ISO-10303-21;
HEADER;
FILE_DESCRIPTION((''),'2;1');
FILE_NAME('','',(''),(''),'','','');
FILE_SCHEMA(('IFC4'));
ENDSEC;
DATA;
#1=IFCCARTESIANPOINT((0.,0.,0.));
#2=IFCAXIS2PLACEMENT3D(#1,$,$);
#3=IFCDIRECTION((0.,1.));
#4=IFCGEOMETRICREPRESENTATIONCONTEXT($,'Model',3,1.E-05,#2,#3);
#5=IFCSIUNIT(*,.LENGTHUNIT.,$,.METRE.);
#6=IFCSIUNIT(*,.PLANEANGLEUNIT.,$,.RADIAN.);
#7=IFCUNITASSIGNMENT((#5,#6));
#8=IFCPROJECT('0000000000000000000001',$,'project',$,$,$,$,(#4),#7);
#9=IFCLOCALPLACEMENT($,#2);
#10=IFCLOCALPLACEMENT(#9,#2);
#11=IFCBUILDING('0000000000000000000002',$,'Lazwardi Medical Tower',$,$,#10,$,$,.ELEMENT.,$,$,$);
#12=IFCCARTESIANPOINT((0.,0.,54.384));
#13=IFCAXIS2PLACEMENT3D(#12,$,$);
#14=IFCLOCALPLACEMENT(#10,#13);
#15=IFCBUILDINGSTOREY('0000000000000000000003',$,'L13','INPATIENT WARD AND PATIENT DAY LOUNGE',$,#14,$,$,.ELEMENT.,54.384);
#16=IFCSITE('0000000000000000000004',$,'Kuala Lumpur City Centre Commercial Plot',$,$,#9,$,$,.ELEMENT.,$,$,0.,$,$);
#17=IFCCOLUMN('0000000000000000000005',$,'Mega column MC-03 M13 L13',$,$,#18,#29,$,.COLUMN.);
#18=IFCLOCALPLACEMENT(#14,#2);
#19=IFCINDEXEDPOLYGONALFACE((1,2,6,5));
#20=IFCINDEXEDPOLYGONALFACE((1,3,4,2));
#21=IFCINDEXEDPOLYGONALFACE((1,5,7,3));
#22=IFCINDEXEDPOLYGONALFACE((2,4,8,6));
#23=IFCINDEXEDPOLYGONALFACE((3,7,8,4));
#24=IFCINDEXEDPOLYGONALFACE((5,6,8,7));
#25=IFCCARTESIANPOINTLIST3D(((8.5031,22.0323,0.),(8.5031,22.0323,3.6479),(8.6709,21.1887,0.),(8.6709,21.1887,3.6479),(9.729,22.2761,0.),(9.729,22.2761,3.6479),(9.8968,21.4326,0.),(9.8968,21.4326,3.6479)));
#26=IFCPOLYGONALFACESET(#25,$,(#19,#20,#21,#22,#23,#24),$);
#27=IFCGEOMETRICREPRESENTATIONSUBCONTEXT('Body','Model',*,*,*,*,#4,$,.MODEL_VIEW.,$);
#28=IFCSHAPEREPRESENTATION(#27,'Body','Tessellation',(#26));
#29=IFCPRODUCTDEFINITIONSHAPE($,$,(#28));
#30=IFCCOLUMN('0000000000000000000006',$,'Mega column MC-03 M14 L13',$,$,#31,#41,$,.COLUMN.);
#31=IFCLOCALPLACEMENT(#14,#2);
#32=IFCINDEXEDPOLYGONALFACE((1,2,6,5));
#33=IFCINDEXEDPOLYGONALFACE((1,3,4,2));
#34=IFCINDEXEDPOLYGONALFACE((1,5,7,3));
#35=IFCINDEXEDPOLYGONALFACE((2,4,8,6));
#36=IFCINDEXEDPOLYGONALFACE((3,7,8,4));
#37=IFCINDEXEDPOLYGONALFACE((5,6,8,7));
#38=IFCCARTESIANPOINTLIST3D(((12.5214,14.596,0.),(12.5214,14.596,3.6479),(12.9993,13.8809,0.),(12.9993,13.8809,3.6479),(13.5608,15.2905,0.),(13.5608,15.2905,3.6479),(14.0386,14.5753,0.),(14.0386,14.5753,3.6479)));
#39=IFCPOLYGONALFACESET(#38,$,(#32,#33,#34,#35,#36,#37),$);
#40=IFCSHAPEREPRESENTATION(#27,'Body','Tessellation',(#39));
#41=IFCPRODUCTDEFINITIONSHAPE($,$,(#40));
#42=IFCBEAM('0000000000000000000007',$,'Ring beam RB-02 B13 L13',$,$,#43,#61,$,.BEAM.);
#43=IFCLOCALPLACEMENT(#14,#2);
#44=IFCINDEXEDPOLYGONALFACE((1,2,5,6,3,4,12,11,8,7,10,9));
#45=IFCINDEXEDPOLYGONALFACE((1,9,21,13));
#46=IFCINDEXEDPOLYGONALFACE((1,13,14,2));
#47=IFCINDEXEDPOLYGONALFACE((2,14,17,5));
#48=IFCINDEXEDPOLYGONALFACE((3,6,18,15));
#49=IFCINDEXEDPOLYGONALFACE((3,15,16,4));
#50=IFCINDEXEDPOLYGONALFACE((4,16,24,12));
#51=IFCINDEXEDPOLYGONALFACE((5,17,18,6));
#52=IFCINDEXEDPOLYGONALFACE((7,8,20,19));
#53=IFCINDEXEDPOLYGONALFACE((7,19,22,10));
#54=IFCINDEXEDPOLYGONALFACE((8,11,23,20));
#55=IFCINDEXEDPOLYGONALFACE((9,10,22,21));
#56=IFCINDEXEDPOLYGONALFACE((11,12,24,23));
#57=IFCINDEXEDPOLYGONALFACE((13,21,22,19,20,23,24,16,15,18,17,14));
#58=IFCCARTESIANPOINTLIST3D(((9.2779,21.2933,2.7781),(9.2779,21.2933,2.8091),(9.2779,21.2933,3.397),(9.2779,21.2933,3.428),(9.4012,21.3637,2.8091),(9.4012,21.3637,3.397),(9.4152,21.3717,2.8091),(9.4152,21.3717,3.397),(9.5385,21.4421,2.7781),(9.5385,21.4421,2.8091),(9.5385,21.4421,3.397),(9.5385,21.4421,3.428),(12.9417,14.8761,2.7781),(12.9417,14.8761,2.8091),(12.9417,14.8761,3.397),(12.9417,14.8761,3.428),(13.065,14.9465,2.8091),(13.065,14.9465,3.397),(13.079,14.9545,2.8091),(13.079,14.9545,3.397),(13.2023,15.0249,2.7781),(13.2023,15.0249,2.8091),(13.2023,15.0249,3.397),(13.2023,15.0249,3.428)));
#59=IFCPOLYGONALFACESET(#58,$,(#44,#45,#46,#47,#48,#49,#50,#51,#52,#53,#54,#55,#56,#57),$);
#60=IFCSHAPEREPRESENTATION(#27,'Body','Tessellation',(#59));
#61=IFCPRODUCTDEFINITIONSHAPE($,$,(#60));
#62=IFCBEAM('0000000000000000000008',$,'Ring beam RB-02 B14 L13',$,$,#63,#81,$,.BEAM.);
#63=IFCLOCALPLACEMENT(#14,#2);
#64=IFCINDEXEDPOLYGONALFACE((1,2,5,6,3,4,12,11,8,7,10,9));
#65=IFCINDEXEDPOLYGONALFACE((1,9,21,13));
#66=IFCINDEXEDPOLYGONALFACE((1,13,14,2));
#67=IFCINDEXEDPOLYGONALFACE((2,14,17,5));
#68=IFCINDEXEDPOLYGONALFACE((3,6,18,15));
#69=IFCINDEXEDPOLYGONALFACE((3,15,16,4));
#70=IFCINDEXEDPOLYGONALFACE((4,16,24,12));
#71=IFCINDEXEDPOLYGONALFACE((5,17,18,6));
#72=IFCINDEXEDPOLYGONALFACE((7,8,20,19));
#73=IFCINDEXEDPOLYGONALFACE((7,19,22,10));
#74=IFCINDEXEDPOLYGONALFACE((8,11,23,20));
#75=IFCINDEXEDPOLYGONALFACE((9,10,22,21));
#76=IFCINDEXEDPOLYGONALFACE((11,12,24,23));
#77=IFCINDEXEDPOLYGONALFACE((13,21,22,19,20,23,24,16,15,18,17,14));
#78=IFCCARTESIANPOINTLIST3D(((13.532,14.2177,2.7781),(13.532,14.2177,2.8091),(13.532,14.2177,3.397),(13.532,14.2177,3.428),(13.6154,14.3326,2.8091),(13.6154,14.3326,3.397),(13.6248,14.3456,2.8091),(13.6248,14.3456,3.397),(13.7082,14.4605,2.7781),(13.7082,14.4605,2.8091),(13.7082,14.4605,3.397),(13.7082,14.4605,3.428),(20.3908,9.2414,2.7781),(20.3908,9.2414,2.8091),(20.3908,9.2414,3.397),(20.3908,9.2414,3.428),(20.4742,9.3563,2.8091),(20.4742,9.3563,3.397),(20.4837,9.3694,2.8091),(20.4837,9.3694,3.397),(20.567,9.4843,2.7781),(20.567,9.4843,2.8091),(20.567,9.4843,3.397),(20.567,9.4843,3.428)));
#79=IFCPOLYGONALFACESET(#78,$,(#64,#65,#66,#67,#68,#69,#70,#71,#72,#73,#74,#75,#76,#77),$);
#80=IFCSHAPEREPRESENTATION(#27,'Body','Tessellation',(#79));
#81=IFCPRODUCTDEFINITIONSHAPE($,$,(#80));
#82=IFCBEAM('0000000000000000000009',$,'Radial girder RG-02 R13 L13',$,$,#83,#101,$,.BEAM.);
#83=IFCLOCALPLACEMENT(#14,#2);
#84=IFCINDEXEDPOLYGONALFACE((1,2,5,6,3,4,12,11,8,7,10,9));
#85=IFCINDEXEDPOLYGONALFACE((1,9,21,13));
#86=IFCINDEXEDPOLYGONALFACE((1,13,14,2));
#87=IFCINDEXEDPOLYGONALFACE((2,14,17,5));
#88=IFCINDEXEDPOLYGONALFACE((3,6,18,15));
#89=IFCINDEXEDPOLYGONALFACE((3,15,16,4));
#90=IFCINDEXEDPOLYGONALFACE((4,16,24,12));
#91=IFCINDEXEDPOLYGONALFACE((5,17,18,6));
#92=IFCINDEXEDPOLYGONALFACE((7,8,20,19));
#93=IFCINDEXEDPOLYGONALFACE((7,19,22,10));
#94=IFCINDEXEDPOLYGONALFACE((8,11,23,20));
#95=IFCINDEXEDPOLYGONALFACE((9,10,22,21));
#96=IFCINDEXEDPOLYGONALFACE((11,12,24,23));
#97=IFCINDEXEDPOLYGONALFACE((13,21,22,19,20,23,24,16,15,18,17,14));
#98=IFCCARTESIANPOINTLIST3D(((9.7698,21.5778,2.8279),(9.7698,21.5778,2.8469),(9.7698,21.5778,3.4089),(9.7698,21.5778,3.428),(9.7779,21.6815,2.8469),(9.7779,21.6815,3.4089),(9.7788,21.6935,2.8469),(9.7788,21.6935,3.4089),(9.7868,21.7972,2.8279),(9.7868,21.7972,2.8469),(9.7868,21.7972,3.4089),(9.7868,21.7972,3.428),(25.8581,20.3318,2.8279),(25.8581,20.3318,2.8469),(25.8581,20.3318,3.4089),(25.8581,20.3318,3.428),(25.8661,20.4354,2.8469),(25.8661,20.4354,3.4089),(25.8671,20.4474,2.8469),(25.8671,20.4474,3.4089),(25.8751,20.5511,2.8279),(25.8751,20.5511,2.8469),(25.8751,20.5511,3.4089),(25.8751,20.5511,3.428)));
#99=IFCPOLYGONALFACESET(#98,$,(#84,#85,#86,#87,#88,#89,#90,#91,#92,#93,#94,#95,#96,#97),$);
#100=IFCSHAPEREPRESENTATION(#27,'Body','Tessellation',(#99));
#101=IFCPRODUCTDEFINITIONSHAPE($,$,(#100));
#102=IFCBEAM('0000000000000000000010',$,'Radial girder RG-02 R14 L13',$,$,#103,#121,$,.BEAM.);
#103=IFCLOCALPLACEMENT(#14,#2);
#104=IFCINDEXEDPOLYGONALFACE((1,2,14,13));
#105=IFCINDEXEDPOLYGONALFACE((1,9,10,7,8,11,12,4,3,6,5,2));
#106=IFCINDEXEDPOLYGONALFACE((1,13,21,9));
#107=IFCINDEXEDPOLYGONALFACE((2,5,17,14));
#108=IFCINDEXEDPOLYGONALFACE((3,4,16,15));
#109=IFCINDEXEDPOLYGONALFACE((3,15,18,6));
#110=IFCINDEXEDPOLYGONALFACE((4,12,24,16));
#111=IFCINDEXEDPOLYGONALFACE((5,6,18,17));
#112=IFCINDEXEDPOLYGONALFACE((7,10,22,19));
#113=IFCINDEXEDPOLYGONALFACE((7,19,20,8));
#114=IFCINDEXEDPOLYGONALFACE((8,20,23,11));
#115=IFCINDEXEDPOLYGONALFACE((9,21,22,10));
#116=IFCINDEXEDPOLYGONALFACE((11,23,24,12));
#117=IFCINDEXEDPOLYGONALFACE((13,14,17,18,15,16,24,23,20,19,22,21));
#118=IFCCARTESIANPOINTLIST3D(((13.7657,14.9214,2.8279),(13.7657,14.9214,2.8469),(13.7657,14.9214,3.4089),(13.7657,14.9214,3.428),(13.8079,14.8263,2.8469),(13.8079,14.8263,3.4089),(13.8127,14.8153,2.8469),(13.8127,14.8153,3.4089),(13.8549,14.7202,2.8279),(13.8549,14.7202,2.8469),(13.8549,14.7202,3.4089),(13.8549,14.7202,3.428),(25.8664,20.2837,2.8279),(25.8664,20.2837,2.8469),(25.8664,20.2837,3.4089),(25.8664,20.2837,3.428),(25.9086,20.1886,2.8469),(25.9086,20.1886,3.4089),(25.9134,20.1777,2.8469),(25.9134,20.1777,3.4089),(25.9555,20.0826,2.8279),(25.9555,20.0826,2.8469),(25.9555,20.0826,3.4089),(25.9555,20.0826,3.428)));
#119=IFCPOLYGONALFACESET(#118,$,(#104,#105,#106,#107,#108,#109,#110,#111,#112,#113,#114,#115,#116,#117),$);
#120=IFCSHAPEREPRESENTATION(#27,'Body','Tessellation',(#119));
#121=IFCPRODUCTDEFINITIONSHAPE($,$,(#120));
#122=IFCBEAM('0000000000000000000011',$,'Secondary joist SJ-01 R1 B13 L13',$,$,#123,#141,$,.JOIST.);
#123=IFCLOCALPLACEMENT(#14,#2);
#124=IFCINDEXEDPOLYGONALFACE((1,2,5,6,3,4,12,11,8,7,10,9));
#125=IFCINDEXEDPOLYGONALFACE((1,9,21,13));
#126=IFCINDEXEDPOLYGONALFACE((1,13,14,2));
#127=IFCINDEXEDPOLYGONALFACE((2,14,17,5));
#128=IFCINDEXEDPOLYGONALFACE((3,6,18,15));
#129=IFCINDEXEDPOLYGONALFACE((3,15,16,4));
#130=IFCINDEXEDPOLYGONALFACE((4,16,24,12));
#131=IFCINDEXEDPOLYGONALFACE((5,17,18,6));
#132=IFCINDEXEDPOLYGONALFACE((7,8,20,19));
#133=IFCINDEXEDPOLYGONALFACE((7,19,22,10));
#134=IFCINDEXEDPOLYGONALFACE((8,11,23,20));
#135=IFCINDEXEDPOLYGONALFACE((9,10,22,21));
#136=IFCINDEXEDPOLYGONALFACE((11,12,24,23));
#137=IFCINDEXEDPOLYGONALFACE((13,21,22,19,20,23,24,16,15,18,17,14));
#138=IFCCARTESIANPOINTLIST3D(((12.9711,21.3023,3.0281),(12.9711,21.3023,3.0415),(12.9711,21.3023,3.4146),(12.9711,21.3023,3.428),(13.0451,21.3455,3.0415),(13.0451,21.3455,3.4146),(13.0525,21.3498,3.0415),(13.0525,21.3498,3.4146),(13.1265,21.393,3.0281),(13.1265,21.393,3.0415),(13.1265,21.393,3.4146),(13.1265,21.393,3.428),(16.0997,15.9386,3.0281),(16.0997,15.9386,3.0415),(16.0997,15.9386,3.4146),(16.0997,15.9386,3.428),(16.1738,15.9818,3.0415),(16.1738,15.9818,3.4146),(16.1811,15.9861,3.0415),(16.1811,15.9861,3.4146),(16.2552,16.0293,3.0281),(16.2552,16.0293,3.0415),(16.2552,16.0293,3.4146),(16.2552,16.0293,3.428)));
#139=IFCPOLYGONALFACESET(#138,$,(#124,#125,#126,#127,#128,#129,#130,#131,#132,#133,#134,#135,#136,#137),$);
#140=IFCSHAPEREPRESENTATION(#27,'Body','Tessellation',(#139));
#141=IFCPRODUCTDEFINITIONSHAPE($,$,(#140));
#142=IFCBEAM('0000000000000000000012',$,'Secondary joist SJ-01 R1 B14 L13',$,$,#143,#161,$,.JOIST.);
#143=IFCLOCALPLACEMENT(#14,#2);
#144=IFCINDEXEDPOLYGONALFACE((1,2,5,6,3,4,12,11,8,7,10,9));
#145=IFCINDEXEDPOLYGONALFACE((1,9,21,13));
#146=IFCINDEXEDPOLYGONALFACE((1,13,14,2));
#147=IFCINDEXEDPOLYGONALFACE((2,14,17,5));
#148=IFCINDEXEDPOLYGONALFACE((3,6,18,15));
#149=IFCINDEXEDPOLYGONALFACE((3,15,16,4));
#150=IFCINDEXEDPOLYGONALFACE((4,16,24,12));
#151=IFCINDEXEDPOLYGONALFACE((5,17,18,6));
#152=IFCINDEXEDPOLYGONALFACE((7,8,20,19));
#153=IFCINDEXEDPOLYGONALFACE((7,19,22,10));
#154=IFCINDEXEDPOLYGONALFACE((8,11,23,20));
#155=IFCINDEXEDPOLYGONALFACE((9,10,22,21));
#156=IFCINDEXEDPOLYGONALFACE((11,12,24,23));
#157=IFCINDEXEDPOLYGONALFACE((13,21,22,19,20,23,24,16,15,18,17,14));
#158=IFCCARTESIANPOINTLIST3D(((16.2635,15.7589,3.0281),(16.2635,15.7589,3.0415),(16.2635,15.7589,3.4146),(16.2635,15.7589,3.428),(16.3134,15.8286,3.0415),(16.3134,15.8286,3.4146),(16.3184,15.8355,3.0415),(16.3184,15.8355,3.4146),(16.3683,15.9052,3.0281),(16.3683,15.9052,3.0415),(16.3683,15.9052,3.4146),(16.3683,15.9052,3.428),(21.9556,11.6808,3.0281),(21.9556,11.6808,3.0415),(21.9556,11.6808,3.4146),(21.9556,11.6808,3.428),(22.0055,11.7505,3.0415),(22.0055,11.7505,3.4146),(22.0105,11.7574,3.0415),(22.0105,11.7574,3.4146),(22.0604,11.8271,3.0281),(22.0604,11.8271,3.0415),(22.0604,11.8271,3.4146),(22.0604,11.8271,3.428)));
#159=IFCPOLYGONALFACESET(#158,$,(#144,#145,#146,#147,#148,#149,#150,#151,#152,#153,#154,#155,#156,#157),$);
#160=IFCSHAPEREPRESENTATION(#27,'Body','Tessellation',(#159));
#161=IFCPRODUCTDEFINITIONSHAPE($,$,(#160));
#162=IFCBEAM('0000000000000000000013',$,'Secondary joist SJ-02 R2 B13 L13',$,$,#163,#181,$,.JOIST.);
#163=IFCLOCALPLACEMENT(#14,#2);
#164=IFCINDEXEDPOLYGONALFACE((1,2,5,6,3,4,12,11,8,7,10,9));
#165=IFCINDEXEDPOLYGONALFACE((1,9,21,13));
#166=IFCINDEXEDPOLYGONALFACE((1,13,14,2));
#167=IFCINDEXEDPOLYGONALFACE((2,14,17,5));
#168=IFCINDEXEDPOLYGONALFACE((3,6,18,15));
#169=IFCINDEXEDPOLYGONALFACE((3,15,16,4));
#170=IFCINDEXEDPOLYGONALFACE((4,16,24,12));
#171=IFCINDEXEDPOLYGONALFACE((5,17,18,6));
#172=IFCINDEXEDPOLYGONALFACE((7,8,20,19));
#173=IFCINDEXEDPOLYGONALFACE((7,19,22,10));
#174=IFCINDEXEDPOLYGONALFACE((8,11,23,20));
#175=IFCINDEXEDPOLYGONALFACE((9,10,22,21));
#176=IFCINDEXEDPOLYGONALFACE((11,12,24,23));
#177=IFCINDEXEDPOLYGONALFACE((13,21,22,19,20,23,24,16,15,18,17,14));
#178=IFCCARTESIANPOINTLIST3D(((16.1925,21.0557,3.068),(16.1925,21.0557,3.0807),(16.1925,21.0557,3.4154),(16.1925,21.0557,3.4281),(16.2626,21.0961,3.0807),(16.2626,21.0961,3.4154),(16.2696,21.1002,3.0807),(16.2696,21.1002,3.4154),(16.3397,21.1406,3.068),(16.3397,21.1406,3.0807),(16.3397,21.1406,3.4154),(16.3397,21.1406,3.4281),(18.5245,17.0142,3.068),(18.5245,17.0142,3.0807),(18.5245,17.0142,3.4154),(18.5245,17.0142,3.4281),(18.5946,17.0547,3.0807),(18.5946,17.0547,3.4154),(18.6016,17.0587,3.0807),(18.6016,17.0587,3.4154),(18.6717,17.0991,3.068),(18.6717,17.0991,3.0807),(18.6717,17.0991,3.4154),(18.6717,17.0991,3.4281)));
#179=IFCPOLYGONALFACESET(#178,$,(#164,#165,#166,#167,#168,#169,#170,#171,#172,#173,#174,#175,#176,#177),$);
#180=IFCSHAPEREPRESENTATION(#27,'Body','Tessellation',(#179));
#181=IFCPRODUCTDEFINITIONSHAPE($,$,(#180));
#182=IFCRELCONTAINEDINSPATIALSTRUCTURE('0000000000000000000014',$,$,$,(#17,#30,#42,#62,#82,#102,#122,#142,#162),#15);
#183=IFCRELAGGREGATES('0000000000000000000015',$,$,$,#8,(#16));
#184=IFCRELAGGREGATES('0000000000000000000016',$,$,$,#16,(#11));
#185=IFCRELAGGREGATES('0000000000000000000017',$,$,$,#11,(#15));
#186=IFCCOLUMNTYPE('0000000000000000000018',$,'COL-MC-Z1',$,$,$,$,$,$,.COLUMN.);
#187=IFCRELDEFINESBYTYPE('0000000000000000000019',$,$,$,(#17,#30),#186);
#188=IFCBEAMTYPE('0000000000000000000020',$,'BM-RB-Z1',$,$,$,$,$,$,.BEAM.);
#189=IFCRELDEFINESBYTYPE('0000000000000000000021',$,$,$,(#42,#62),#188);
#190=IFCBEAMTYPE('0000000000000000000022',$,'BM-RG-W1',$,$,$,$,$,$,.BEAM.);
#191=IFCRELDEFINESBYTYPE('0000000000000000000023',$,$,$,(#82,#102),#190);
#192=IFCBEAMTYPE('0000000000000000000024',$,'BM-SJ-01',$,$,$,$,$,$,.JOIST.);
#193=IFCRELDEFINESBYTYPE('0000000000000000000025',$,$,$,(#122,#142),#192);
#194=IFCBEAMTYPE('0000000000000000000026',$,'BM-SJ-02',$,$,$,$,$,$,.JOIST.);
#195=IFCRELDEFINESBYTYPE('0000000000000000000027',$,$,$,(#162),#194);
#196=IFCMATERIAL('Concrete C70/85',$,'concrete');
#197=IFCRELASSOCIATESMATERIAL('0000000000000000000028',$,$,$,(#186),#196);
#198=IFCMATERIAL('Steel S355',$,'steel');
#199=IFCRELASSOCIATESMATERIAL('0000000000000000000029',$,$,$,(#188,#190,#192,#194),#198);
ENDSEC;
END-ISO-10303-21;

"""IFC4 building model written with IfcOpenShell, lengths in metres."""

from ifc_helpers import new_model, si_unit, direction, frame, origin, origin_2d, place, context, subcontext, project, spatial, rectangle, i_section, extrude, material, material_profile, profile_set, type_object, element, save


model = new_model("IFC4")

# Units and contexts
model_context = context("Model", 3, precision=1e-05, world=origin(), true_north=direction((0.0, 1.0)))
body_context = subcontext(model_context, "Body", "Model", "MODEL_VIEW")
ifc_project = project(units=[si_unit("LENGTHUNIT", "METRE"), si_unit("PLANEANGLEUNIT", "RADIAN")], contexts=[model_context])

# Site, building, storey
site_placement = place(None, origin())
site = spatial("IfcSite", under=ifc_project, at=site_placement, Name="Kuala Lumpur City Centre Commercial Plot", CompositionType="ELEMENT", RefElevation=0.0)
building_placement = place(site_placement, origin())
building = spatial("IfcBuilding", under=site, at=building_placement, Name="Lazwardi Medical Tower", CompositionType="ELEMENT")
storey_placement = place(building_placement, frame((0.0, 0.0, 54.384)))
storey = spatial("IfcBuildingStorey", under=building, at=storey_placement, Name="L13", Description="INPATIENT WARD AND PATIENT DAY LOUNGE", CompositionType="ELEMENT", Elevation=54.384)

# Columns
ifc_material_1 = material(Name="Concrete C70/85", Category="concrete")
ifc_material_profile_1 = material_profile(ifc_material_1, rectangle(XDim=1.25, YDim=0.8601, at=origin_2d()), Name="CFT-RECT 1250x860")
ifc_profile_set_1 = profile_set([ifc_material_profile_1], Name="Concrete C70/85")
column_type = type_object("IfcColumnType", Name="COL-MC-Z1", PredefinedType="COLUMN", material=ifc_profile_set_1)
for number, where, z_axis, x_axis, name in (
    (1, (9.2, 21.7324, 0.0), (0.0, 0.0, 1.0), (-0.980785, -0.19509, 0.0), "Mega column MC-03 M13 L13"),
    (2, (13.28, 14.5857, 0.0), (0.0, 0.0, 1.0), (-0.83147, -0.55557, 0.0), "Mega column MC-03 M14 L13"),
):
    element("IfcColumn", number, at=place(storey_placement, frame(where, z_axis=z_axis, x_axis=x_axis)), inside=storey, type_object=column_type, Name=name, PredefinedType="COLUMN", context=body_context, shape_type="SweptSolid", body=[
        extrude(rectangle(XDim=1.25, YDim=0.8601, at=origin_2d()), origin(), (0.0, 0.0, 1.0), 3.6479),
    ])

# Beams
ifc_material_2 = material(Name="Steel S355", Category="steel")
ifc_material_profile_2 = material_profile(ifc_material_2, i_section(OverallWidth=0.3, OverallDepth=0.6499, WebThickness=0.0161, FlangeThickness=0.031, at=origin_2d()), Name="HEB 650")
ifc_profile_set_2 = profile_set([ifc_material_profile_2], Name="Steel S355")
beam_type_1 = type_object("IfcBeamType", Name="BM-RB-Z1", PredefinedType="BEAM", material=ifc_profile_set_2)
beam_1_placement = place(storey_placement, frame((9.4082, 21.3677, 3.103), z_axis=(0.495815, -0.868428, 0.0), x_axis=(0.868428, 0.495815, 0.0)))
element("IfcBeam", 3, at=beam_1_placement, inside=storey, type_object=beam_type_1, Name="Ring beam RB-02 B13 L13", PredefinedType="BEAM", context=body_context, shape_type="SweptSolid", body=[
    extrude(i_section(OverallWidth=0.3, OverallDepth=0.6499, WebThickness=0.0161, FlangeThickness=0.031, at=origin_2d()), origin(), (0.0, 0.0, 1.0), 7.3894),
])
beam_2_placement = place(storey_placement, frame((13.6201, 14.3391, 3.103), z_axis=(0.809407, -0.587248, 0.0), x_axis=(0.587248, 0.809407, 0.0)))
element("IfcBeam", 4, at=beam_2_placement, inside=storey, type_object=beam_type_1, Name="Ring beam RB-02 B14 L13", PredefinedType="BEAM", context=body_context, shape_type="SweptSolid", body=[
    extrude(i_section(OverallWidth=0.3, OverallDepth=0.6499, WebThickness=0.0161, FlangeThickness=0.031, at=origin_2d()), origin(), (0.0, 0.0, 1.0), 8.4739),
])
ifc_material_profile_3 = material_profile(ifc_material_2, i_section(OverallWidth=0.22, OverallDepth=0.6001, WebThickness=0.012, FlangeThickness=0.019, at=origin_2d()), Name="IPE 600")
ifc_profile_set_3 = profile_set([ifc_material_profile_3], Name="Steel S355")
beam_type_2 = type_object("IfcBeamType", Name="BM-RG-W1", PredefinedType="BEAM", material=ifc_profile_set_3)
beam_3_placement = place(storey_placement, frame((9.7783, 21.6875, 3.1279), z_axis=(0.997014, -0.077222, 0.0), x_axis=(0.077222, 0.997014, 0.0)))
element("IfcBeam", 5, at=beam_3_placement, inside=storey, type_object=beam_type_2, Name="Radial girder RG-02 R13 L13", PredefinedType="BEAM", context=body_context, shape_type="SweptSolid", body=[
    extrude(i_section(OverallWidth=0.22, OverallDepth=0.6001, WebThickness=0.012, FlangeThickness=0.019, at=origin_2d()), origin(), (0.0, 0.0, 1.0), 16.1365),
])
beam_4_placement = place(storey_placement, frame((13.8103, 14.8208, 3.1279), z_axis=(0.914252, 0.405146, 0.0), x_axis=(-0.405146, 0.914252, 0.0)))
element("IfcBeam", 6, at=beam_4_placement, inside=storey, type_object=beam_type_2, Name="Radial girder RG-02 R14 L13", PredefinedType="BEAM", context=body_context, shape_type="SweptSolid", body=[
    extrude(i_section(OverallWidth=0.22, OverallDepth=0.6001, WebThickness=0.012, FlangeThickness=0.019, at=origin_2d()), origin(), (0.0, 0.0, 1.0), 13.2356),
])
ifc_material_profile_4 = material_profile(ifc_material_2, i_section(OverallWidth=0.1799, OverallDepth=0.3999, WebThickness=0.0085, FlangeThickness=0.0134, at=origin_2d()), Name="IPE 400")
ifc_profile_set_4 = profile_set([ifc_material_profile_4], Name="Steel S355")
beam_type_3 = type_object("IfcBeamType", Name="BM-SJ-01", PredefinedType="JOIST", material=ifc_profile_set_4)
beam_5_placement = place(storey_placement, frame((13.0488, 21.3477, 3.228), z_axis=(0.503847, -0.863793, 0.0), x_axis=(0.863793, 0.503847, 0.0)))
element("IfcBeam", 7, at=beam_5_placement, inside=storey, type_object=beam_type_3, Name="Secondary joist SJ-01 R1 B13 L13", PredefinedType="JOIST", context=body_context, shape_type="SweptSolid", body=[
    extrude(i_section(OverallWidth=0.1799, OverallDepth=0.3999, WebThickness=0.0085, FlangeThickness=0.0134, at=origin_2d()), origin(), (0.0, 0.0, 1.0), 6.2095),
])
beam_6_placement = place(storey_placement, frame((16.3159, 15.832, 3.228), z_axis=(0.812901, -0.582402, 0.0), x_axis=(0.582402, 0.812901, 0.0)))
element("IfcBeam", 8, at=beam_6_placement, inside=storey, type_object=beam_type_3, Name="Secondary joist SJ-01 R1 B14 L13", PredefinedType="JOIST", context=body_context, shape_type="SweptSolid", body=[
    extrude(i_section(OverallWidth=0.1799, OverallDepth=0.3999, WebThickness=0.0085, FlangeThickness=0.0134, at=origin_2d()), origin(), (0.0, 0.0, 1.0), 7.0022),
])
ifc_material_profile_5 = material_profile(ifc_material_2, i_section(OverallWidth=0.1699, OverallDepth=0.3601, WebThickness=0.0081, FlangeThickness=0.0127, at=origin_2d()), Name="IPE 360")
ifc_profile_set_5 = profile_set([ifc_material_profile_5], Name="Steel S355")
beam_type_4 = type_object("IfcBeamType", Name="BM-SJ-02", PredefinedType="JOIST", material=ifc_profile_set_5)
beam_7_placement = place(storey_placement, frame((16.2661, 21.0981, 3.248), z_axis=(0.499786, -0.866149, 0.0), x_axis=(0.866149, 0.499786, 0.0)))
element("IfcBeam", 9, at=beam_7_placement, inside=storey, type_object=beam_type_4, Name="Secondary joist SJ-02 R2 B13 L13", PredefinedType="JOIST", context=body_context, shape_type="SweptSolid", body=[
    extrude(i_section(OverallWidth=0.1699, OverallDepth=0.3601, WebThickness=0.0081, FlangeThickness=0.0127, at=origin_2d()), origin(), (0.0, 0.0, 1.0), 4.666),
])

save(model, "model.ifc")
